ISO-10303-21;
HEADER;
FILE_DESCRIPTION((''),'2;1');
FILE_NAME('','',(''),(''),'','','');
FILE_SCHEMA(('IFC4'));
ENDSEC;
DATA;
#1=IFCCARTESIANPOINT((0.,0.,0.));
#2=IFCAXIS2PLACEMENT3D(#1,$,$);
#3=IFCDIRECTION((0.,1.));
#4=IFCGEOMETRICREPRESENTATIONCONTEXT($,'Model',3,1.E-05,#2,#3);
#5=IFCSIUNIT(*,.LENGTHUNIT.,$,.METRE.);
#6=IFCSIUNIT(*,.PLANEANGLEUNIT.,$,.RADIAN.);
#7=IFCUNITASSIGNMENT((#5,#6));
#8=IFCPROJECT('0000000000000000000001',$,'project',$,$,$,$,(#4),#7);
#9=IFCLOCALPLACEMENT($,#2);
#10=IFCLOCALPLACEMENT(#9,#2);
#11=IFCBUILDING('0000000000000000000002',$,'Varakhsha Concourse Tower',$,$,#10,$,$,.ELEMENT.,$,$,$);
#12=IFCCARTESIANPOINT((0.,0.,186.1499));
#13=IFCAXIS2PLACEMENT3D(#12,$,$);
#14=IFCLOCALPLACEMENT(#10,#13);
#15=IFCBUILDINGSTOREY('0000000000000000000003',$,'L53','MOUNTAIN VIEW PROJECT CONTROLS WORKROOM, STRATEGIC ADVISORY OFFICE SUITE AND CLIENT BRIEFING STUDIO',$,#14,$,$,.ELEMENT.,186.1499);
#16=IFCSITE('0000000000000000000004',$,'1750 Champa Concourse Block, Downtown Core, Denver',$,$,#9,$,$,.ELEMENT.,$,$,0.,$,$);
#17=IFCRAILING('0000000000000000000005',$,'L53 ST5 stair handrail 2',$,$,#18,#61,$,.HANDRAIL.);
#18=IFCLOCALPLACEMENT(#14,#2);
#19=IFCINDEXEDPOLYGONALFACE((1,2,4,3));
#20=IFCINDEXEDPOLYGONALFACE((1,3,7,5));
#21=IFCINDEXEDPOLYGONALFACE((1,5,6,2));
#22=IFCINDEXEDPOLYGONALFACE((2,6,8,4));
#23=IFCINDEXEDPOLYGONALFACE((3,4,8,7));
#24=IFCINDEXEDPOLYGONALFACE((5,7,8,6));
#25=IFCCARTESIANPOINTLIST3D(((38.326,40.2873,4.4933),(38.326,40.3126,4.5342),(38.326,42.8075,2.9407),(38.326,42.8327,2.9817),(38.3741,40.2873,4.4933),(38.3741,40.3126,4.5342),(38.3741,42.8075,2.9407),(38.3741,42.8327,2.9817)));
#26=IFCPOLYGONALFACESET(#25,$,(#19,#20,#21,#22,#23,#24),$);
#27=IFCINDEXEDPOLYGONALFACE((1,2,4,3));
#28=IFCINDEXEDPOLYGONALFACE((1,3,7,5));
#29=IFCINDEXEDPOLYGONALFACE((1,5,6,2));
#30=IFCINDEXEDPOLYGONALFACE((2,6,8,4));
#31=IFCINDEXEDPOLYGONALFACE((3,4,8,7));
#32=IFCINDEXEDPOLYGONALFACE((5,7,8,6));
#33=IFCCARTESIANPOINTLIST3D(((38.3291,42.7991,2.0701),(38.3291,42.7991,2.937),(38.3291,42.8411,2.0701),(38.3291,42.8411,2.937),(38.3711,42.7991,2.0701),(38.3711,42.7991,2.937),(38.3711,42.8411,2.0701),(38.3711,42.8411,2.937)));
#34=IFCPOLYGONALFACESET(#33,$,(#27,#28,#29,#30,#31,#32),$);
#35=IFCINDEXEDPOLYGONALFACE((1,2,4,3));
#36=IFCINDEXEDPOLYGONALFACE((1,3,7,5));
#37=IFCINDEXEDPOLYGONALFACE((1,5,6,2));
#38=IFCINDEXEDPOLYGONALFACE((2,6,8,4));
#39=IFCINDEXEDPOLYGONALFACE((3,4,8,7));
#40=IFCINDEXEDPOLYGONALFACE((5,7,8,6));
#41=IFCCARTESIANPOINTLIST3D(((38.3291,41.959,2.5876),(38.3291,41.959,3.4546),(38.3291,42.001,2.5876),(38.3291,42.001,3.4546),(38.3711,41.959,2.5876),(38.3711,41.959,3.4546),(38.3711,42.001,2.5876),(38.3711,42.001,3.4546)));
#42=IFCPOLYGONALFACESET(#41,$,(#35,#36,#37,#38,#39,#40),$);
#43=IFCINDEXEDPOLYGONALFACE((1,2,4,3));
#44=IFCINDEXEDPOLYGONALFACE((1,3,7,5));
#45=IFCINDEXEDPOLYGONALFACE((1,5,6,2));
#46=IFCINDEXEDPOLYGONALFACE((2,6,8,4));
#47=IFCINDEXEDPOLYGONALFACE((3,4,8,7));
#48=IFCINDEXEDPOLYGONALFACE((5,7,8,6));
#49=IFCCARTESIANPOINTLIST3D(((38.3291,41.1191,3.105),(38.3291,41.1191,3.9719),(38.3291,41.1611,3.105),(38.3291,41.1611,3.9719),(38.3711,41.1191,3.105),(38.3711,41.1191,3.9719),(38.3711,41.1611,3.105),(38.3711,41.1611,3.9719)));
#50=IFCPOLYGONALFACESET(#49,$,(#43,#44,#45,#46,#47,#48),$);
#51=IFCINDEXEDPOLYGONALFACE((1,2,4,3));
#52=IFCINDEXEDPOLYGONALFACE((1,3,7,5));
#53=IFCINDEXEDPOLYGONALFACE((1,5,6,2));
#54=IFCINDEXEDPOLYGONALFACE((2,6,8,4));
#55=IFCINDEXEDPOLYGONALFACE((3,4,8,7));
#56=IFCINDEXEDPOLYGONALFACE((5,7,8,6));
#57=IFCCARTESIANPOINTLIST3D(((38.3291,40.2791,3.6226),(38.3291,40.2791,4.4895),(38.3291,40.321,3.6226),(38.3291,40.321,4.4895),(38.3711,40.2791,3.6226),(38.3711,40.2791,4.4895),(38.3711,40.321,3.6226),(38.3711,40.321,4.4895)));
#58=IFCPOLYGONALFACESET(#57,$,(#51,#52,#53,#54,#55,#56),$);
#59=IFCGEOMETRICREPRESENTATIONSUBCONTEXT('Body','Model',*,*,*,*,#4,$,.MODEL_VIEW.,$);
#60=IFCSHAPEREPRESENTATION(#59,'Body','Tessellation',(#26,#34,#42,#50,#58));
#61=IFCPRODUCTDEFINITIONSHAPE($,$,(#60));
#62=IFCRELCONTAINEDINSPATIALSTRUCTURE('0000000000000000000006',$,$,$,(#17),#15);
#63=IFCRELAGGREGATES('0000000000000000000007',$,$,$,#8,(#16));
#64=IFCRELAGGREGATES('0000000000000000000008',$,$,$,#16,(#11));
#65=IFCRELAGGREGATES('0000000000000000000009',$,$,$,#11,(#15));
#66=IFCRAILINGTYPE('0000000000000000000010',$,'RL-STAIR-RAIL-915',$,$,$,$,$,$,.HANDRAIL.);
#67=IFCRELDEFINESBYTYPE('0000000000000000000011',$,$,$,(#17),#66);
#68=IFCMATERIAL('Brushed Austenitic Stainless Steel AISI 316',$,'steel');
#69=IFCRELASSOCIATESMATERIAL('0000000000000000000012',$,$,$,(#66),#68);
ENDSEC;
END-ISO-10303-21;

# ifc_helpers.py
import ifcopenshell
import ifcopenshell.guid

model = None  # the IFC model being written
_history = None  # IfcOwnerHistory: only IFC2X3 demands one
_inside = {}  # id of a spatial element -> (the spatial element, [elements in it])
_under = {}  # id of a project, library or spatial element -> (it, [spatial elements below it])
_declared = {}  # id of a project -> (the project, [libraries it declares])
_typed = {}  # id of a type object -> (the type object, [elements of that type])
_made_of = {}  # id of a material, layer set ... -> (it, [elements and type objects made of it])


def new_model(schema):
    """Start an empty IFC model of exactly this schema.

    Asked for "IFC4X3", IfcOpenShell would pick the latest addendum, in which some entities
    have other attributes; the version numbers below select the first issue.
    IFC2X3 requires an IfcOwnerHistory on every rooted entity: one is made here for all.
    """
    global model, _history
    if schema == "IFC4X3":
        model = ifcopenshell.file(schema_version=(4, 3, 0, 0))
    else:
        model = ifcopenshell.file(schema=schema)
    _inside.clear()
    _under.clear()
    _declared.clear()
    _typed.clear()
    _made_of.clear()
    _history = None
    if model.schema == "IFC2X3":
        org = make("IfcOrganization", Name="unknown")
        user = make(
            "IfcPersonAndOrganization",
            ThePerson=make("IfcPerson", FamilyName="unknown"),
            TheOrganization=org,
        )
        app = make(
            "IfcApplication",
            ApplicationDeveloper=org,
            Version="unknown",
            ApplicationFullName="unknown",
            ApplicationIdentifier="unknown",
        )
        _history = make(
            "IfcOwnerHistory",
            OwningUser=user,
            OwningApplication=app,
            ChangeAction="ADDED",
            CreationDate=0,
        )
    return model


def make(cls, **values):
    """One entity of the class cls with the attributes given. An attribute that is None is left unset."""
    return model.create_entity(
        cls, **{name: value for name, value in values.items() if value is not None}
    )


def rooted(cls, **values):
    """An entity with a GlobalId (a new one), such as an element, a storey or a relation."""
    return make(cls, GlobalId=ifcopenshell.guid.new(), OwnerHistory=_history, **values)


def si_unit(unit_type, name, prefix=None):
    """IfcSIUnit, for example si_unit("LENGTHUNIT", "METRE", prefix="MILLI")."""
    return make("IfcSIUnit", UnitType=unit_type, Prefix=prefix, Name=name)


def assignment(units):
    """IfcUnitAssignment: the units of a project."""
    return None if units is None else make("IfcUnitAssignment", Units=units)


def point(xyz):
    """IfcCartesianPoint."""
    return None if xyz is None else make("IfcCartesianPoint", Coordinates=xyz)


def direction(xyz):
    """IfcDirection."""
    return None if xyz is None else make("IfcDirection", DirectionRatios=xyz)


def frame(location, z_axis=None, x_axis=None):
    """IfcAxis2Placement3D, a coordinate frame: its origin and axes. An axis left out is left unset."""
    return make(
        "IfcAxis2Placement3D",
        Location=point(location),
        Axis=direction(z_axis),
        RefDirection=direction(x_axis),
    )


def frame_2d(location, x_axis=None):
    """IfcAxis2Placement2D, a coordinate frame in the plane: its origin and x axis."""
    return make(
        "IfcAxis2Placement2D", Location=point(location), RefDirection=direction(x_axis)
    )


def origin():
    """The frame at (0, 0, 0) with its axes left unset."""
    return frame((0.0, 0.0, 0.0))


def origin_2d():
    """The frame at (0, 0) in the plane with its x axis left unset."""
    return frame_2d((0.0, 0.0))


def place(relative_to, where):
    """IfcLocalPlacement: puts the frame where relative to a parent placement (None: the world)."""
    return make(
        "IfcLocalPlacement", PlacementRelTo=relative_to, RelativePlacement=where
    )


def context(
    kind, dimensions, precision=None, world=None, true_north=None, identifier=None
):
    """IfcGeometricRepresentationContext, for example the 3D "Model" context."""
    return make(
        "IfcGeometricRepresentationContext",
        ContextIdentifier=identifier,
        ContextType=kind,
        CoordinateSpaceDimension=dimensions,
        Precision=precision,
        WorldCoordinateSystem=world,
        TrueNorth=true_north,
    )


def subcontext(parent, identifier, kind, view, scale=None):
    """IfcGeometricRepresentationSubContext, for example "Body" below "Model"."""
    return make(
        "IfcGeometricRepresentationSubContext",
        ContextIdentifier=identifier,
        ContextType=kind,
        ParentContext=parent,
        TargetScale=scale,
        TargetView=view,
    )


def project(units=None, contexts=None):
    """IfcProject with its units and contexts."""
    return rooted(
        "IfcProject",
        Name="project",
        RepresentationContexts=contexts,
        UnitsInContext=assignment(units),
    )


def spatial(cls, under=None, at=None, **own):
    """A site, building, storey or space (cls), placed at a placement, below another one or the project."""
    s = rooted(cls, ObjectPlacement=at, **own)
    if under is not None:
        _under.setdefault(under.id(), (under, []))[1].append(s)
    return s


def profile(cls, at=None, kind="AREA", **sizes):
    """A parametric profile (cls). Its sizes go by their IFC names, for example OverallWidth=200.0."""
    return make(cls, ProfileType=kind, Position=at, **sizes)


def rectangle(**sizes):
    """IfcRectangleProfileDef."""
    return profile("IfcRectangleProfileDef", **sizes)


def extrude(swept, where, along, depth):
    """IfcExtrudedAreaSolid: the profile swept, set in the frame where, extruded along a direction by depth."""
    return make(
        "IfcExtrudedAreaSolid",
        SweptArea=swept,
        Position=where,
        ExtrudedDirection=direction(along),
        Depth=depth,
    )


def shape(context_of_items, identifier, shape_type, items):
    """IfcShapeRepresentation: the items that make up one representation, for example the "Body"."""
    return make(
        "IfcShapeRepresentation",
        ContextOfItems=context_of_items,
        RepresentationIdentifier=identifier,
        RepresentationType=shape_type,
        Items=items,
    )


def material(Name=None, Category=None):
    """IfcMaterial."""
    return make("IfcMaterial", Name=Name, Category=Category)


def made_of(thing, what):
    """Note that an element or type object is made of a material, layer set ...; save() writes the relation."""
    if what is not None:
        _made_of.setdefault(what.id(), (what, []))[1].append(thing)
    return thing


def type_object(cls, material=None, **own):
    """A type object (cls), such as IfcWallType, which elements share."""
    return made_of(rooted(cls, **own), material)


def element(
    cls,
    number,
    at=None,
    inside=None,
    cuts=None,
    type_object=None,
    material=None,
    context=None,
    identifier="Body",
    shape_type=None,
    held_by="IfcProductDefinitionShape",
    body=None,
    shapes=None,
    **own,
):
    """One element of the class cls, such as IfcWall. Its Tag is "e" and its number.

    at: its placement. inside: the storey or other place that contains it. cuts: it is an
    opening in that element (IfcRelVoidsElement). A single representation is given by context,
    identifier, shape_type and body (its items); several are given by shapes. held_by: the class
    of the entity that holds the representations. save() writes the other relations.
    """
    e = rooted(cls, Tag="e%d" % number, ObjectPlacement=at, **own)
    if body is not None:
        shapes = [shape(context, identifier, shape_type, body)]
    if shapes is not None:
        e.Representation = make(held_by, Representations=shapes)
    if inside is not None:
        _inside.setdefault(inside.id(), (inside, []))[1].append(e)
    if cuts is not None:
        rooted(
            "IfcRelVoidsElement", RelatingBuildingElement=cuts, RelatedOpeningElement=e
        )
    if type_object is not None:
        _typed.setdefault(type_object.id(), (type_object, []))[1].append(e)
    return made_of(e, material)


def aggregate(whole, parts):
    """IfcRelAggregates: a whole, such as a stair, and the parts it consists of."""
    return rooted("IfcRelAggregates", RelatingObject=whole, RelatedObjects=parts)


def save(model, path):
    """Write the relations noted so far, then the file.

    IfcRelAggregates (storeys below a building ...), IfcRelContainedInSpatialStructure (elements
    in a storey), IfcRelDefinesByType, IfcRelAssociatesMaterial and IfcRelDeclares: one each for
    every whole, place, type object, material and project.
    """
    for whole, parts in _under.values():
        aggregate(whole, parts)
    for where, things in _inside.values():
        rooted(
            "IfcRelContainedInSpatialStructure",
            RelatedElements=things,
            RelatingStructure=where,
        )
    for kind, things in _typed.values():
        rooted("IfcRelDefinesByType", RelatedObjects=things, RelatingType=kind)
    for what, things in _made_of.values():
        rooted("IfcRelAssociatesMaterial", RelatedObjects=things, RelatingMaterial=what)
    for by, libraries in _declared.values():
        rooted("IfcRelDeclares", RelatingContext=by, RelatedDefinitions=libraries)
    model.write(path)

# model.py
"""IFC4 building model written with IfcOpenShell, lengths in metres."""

from ifc_helpers import new_model, si_unit, direction, frame, origin, origin_2d, place, context, subcontext, project, spatial, rectangle, extrude, material, type_object, element, save


model = new_model("IFC4")

# Units and contexts
model_context = context("Model", 3, precision=1e-05, world=origin(), true_north=direction((0.0, 1.0)))
body_context = subcontext(model_context, "Body", "Model", "MODEL_VIEW")
ifc_project = project(units=[si_unit("LENGTHUNIT", "METRE"), si_unit("PLANEANGLEUNIT", "RADIAN")], contexts=[model_context])

# Site, building, storey
site_placement = place(None, origin())
site = spatial("IfcSite", under=ifc_project, at=site_placement, Name="1750 Champa Concourse Block, Downtown Core, Denver", CompositionType="ELEMENT", RefElevation=0.0)
building_placement = place(site_placement, origin())
building = spatial("IfcBuilding", under=site, at=building_placement, Name="Varakhsha Concourse Tower", CompositionType="ELEMENT")
storey_placement = place(building_placement, frame((0.0, 0.0, 186.1499)))
storey = spatial("IfcBuildingStorey", under=building, at=storey_placement, Name="L53", Description="MOUNTAIN VIEW PROJECT CONTROLS WORKROOM, STRATEGIC ADVISORY OFFICE SUITE AND CLIENT BRIEFING STUDIO", CompositionType="ELEMENT", Elevation=186.1499)

# Railing
ifc_material_1 = material(Name="Brushed Austenitic Stainless Steel AISI 316", Category="steel")
railing_type = type_object("IfcRailingType", Name="RL-STAIR-RAIL-915", PredefinedType="HANDRAIL", material=ifc_material_1)
railing_placement = place(storey_placement, frame((38.3501, 42.8201, 2.0701)))
element("IfcRailing", 1, at=railing_placement, inside=storey, type_object=railing_type, Name="L53 ST5 stair handrail 2", PredefinedType="HANDRAIL", context=body_context, shape_type="SweptSolid", body=[
    extrude(rectangle(XDim=0.0481, YDim=0.0481, at=origin_2d()), frame((0.0, 0.0, 0.8911), z_axis=(0.0, -0.8514, 0.524516), x_axis=(1.0, 0.0, 0.0)), (0.0, 0.0, 1.0), 2.96),
    extrude(rectangle(XDim=0.042, YDim=0.042, at=origin_2d()), origin(), (0.0, 0.0, 1.0), 0.8669),
    extrude(rectangle(XDim=0.042, YDim=0.042, at=origin_2d()), frame((0.0, -0.8401, 0.5176)), (0.0, 0.0, 1.0), 0.8669),
    extrude(rectangle(XDim=0.042, YDim=0.042, at=origin_2d()), frame((0.0, -1.6799, 1.0349)), (0.0, 0.0, 1.0), 0.8669),
    extrude(rectangle(XDim=0.042, YDim=0.042, at=origin_2d()), frame((0.0, -2.52, 1.5525)), (0.0, 0.0, 1.0), 0.8669),
])

save(model, "model.ifc")
